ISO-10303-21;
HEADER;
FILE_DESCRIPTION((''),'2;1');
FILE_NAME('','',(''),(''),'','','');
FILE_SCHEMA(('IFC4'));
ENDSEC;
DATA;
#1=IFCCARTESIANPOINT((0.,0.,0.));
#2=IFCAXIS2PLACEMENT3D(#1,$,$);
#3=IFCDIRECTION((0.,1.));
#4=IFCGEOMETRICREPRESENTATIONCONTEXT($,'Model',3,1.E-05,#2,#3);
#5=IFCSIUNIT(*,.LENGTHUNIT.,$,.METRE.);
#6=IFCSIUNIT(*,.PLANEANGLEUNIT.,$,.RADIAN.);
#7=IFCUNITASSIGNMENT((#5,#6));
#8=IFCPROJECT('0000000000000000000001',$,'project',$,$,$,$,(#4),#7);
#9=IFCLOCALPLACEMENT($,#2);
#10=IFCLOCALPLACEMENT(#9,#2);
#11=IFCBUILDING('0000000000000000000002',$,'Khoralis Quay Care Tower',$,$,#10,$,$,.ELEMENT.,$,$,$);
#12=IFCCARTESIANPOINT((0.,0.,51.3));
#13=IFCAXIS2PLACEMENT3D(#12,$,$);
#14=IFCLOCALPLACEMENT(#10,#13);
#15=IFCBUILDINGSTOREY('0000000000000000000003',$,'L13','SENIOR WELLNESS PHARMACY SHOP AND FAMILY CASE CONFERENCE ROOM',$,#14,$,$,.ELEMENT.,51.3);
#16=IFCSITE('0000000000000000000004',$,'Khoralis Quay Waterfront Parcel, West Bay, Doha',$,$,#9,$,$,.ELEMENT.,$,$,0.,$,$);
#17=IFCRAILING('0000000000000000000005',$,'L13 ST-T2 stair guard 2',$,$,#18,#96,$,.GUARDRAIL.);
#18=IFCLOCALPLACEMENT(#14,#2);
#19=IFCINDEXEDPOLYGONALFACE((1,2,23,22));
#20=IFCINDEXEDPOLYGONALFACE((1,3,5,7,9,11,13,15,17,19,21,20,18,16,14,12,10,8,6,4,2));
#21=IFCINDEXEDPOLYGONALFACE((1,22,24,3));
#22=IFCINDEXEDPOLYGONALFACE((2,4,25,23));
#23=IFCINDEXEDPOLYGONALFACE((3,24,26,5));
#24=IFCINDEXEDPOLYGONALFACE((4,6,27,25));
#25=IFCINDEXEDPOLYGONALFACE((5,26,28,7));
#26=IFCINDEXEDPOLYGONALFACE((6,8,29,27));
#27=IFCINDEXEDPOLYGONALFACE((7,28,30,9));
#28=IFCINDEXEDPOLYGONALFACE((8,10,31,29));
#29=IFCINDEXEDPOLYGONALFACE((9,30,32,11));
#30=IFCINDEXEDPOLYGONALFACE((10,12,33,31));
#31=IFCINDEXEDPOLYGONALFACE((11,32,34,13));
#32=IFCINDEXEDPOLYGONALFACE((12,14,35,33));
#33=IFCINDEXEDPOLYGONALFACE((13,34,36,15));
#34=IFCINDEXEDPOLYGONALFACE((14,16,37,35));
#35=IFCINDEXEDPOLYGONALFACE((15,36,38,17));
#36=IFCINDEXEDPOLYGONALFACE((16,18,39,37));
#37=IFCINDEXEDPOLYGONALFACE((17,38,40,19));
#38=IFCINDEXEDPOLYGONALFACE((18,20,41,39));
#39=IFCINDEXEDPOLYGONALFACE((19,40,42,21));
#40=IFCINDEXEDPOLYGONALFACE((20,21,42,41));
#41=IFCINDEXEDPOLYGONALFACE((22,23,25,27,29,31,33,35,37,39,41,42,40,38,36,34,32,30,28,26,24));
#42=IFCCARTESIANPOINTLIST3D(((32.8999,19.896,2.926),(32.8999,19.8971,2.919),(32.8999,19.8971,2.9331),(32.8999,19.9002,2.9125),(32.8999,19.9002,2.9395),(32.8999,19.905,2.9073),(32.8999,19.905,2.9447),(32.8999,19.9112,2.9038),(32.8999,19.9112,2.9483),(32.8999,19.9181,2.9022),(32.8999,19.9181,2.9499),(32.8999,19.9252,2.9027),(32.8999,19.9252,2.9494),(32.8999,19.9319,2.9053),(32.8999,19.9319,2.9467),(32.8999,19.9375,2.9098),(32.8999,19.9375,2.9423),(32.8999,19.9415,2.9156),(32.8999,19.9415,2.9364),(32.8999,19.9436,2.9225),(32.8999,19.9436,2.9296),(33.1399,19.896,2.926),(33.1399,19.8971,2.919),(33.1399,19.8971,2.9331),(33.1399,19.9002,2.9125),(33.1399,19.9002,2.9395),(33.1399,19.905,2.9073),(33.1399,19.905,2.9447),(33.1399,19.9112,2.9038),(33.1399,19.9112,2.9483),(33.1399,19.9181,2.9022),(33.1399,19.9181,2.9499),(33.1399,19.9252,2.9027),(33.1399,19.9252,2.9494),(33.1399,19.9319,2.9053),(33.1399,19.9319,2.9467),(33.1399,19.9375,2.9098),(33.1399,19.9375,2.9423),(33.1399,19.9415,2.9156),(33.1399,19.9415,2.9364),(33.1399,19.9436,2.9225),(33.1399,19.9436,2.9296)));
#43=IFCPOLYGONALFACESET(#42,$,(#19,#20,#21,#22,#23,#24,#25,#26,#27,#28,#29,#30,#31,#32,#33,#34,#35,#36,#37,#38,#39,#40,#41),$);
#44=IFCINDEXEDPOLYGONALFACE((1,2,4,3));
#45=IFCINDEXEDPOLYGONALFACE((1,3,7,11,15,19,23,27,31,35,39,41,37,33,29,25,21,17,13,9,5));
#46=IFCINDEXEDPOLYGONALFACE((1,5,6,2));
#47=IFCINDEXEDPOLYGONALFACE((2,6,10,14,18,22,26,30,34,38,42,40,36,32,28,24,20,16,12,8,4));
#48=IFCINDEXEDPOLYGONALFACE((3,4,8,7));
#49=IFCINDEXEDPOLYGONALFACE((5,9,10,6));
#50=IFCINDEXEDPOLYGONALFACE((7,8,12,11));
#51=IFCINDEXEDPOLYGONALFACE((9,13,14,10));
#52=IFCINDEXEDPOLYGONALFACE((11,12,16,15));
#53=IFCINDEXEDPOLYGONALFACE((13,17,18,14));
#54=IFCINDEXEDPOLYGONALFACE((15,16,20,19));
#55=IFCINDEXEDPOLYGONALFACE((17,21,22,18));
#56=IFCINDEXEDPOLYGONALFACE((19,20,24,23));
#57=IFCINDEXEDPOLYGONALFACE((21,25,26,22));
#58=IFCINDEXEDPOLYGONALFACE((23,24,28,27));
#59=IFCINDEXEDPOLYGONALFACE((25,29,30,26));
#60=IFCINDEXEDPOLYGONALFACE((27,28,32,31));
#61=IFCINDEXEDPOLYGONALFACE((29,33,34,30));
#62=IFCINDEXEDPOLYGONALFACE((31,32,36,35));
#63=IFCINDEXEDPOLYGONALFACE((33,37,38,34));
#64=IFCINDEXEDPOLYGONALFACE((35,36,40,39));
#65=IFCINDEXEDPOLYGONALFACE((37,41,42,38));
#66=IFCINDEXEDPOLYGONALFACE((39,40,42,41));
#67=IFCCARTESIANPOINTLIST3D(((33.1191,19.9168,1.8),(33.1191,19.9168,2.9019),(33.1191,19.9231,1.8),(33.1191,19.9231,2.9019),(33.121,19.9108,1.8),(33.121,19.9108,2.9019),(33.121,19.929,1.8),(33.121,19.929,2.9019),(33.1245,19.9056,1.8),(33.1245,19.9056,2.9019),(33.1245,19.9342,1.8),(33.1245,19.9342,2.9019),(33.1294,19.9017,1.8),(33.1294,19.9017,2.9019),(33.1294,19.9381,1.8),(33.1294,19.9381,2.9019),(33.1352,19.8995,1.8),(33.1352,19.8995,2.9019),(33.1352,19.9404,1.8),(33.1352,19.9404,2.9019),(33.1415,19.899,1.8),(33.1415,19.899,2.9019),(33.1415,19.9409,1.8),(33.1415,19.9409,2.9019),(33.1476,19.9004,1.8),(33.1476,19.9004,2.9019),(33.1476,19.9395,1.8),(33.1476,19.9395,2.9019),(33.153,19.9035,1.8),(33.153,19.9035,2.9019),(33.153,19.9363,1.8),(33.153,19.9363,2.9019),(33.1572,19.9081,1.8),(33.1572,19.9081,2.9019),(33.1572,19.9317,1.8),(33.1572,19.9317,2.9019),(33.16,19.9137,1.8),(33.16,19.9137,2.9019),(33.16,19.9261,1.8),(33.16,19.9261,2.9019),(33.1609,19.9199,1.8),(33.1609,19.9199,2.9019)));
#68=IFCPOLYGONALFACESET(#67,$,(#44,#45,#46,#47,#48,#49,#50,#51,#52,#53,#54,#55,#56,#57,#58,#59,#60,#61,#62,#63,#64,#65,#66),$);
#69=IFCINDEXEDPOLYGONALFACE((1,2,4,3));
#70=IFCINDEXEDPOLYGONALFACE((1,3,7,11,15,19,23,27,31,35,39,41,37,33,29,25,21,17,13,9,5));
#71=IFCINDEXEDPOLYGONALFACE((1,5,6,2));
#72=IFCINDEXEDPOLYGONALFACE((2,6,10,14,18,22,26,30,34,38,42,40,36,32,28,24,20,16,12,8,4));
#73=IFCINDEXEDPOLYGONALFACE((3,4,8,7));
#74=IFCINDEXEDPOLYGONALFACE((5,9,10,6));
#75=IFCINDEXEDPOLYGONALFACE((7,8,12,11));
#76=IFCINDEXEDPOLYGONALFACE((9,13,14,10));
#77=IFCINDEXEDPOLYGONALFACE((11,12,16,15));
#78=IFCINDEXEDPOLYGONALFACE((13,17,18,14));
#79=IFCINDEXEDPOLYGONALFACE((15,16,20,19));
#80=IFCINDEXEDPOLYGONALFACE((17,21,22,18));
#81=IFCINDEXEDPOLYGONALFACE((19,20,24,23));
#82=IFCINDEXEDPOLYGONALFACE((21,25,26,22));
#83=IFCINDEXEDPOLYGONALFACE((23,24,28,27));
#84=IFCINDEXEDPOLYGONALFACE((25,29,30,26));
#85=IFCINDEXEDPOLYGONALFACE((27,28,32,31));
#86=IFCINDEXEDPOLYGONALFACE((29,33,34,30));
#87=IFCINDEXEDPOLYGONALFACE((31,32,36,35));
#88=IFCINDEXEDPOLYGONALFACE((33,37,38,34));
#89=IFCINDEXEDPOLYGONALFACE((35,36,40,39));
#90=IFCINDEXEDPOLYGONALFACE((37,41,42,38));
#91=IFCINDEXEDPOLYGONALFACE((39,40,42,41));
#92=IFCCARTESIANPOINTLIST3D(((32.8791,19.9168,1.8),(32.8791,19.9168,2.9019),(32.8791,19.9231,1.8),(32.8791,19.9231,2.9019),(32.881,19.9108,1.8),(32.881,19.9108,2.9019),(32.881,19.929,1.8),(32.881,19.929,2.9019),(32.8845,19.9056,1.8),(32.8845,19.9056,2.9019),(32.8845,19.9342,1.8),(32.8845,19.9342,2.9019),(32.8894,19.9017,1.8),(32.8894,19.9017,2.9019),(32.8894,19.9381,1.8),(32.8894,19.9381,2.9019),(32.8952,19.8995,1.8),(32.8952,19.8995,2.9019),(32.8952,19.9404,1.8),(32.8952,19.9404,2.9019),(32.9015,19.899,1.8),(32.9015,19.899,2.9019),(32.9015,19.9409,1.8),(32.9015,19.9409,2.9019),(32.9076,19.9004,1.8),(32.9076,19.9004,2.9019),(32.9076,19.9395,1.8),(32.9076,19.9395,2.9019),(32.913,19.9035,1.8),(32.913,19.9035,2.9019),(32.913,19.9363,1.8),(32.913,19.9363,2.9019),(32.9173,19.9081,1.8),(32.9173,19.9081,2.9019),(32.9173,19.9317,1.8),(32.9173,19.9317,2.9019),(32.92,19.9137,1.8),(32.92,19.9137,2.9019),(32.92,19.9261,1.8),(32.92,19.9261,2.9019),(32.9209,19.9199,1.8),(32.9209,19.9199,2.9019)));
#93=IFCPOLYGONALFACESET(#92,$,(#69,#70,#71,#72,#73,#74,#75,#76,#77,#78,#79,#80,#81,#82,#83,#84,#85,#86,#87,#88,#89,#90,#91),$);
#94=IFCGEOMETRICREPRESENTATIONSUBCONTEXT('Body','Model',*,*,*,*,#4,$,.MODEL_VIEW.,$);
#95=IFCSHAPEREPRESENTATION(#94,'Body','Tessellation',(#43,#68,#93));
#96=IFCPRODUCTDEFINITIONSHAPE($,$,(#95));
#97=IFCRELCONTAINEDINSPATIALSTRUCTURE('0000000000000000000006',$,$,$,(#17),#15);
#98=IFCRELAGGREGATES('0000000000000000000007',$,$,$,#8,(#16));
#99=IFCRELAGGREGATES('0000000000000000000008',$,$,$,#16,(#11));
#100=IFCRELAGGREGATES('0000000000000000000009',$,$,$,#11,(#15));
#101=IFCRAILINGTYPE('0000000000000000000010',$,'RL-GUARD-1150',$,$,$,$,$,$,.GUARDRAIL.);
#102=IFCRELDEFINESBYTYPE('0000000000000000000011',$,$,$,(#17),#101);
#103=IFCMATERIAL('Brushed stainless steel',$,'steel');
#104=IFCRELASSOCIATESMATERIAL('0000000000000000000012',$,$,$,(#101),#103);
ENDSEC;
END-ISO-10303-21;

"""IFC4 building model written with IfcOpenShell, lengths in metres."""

from ifc_helpers import new_model, si_unit, direction, frame, origin, origin_2d, place, context, subcontext, project, spatial, circle, extrude, material, type_object, element, save


model = new_model("IFC4")

# Units and contexts
model_context = context("Model", 3, precision=1e-05, world=origin(), true_north=direction((0.0, 1.0)))
body_context = subcontext(model_context, "Body", "Model", "MODEL_VIEW")
ifc_project = project(units=[si_unit("LENGTHUNIT", "METRE"), si_unit("PLANEANGLEUNIT", "RADIAN")], contexts=[model_context])

# Site, building, storey
site_placement = place(None, origin())
site = spatial("IfcSite", under=ifc_project, at=site_placement, Name="Khoralis Quay Waterfront Parcel, West Bay, Doha", CompositionType="ELEMENT", RefElevation=0.0)
building_placement = place(site_placement, origin())
building = spatial("IfcBuilding", under=site, at=building_placement, Name="Khoralis Quay Care Tower", CompositionType="ELEMENT")
storey_placement = place(building_placement, frame((0.0, 0.0, 51.3)))
storey = spatial("IfcBuildingStorey", under=building, at=storey_placement, Name="L13", Description="SENIOR WELLNESS PHARMACY SHOP AND FAMILY CASE CONFERENCE ROOM", CompositionType="ELEMENT", Elevation=51.3)

# Shared definitions
ifc_material_1 = material(Name="Brushed stainless steel", Category="steel")

# Railing
railing_type_1 = type_object("IfcRailingType", Name="RL-GUARD-1150", PredefinedType="GUARDRAIL", material=ifc_material_1)
railing_1_placement = place(storey_placement, frame((33.1399, 19.9199, 1.8)))
element("IfcRailing", 1, at=railing_1_placement, inside=storey, type_object=railing_type_1, Name="L13 ST-T2 stair guard 2", PredefinedType="GUARDRAIL", context=body_context, shape_type="SweptSolid", body=[
    extrude(circle(Radius=0.0239, at=origin_2d()), frame((0.0, 0.0, 1.126), z_axis=(-1.0, 0.0, 0.0), x_axis=(0.0, -1.0, 0.0)), (0.0, 0.0, 1.0), 0.24),
    extrude(circle(Radius=0.021, at=origin_2d()), origin(), (0.0, 0.0, 1.0), 1.1018),
    extrude(circle(Radius=0.021, at=origin_2d()), frame((-0.24, 0.0, 0.0)), (0.0, 0.0, 1.0), 1.1018),
])

save(model, "model.ifc")
